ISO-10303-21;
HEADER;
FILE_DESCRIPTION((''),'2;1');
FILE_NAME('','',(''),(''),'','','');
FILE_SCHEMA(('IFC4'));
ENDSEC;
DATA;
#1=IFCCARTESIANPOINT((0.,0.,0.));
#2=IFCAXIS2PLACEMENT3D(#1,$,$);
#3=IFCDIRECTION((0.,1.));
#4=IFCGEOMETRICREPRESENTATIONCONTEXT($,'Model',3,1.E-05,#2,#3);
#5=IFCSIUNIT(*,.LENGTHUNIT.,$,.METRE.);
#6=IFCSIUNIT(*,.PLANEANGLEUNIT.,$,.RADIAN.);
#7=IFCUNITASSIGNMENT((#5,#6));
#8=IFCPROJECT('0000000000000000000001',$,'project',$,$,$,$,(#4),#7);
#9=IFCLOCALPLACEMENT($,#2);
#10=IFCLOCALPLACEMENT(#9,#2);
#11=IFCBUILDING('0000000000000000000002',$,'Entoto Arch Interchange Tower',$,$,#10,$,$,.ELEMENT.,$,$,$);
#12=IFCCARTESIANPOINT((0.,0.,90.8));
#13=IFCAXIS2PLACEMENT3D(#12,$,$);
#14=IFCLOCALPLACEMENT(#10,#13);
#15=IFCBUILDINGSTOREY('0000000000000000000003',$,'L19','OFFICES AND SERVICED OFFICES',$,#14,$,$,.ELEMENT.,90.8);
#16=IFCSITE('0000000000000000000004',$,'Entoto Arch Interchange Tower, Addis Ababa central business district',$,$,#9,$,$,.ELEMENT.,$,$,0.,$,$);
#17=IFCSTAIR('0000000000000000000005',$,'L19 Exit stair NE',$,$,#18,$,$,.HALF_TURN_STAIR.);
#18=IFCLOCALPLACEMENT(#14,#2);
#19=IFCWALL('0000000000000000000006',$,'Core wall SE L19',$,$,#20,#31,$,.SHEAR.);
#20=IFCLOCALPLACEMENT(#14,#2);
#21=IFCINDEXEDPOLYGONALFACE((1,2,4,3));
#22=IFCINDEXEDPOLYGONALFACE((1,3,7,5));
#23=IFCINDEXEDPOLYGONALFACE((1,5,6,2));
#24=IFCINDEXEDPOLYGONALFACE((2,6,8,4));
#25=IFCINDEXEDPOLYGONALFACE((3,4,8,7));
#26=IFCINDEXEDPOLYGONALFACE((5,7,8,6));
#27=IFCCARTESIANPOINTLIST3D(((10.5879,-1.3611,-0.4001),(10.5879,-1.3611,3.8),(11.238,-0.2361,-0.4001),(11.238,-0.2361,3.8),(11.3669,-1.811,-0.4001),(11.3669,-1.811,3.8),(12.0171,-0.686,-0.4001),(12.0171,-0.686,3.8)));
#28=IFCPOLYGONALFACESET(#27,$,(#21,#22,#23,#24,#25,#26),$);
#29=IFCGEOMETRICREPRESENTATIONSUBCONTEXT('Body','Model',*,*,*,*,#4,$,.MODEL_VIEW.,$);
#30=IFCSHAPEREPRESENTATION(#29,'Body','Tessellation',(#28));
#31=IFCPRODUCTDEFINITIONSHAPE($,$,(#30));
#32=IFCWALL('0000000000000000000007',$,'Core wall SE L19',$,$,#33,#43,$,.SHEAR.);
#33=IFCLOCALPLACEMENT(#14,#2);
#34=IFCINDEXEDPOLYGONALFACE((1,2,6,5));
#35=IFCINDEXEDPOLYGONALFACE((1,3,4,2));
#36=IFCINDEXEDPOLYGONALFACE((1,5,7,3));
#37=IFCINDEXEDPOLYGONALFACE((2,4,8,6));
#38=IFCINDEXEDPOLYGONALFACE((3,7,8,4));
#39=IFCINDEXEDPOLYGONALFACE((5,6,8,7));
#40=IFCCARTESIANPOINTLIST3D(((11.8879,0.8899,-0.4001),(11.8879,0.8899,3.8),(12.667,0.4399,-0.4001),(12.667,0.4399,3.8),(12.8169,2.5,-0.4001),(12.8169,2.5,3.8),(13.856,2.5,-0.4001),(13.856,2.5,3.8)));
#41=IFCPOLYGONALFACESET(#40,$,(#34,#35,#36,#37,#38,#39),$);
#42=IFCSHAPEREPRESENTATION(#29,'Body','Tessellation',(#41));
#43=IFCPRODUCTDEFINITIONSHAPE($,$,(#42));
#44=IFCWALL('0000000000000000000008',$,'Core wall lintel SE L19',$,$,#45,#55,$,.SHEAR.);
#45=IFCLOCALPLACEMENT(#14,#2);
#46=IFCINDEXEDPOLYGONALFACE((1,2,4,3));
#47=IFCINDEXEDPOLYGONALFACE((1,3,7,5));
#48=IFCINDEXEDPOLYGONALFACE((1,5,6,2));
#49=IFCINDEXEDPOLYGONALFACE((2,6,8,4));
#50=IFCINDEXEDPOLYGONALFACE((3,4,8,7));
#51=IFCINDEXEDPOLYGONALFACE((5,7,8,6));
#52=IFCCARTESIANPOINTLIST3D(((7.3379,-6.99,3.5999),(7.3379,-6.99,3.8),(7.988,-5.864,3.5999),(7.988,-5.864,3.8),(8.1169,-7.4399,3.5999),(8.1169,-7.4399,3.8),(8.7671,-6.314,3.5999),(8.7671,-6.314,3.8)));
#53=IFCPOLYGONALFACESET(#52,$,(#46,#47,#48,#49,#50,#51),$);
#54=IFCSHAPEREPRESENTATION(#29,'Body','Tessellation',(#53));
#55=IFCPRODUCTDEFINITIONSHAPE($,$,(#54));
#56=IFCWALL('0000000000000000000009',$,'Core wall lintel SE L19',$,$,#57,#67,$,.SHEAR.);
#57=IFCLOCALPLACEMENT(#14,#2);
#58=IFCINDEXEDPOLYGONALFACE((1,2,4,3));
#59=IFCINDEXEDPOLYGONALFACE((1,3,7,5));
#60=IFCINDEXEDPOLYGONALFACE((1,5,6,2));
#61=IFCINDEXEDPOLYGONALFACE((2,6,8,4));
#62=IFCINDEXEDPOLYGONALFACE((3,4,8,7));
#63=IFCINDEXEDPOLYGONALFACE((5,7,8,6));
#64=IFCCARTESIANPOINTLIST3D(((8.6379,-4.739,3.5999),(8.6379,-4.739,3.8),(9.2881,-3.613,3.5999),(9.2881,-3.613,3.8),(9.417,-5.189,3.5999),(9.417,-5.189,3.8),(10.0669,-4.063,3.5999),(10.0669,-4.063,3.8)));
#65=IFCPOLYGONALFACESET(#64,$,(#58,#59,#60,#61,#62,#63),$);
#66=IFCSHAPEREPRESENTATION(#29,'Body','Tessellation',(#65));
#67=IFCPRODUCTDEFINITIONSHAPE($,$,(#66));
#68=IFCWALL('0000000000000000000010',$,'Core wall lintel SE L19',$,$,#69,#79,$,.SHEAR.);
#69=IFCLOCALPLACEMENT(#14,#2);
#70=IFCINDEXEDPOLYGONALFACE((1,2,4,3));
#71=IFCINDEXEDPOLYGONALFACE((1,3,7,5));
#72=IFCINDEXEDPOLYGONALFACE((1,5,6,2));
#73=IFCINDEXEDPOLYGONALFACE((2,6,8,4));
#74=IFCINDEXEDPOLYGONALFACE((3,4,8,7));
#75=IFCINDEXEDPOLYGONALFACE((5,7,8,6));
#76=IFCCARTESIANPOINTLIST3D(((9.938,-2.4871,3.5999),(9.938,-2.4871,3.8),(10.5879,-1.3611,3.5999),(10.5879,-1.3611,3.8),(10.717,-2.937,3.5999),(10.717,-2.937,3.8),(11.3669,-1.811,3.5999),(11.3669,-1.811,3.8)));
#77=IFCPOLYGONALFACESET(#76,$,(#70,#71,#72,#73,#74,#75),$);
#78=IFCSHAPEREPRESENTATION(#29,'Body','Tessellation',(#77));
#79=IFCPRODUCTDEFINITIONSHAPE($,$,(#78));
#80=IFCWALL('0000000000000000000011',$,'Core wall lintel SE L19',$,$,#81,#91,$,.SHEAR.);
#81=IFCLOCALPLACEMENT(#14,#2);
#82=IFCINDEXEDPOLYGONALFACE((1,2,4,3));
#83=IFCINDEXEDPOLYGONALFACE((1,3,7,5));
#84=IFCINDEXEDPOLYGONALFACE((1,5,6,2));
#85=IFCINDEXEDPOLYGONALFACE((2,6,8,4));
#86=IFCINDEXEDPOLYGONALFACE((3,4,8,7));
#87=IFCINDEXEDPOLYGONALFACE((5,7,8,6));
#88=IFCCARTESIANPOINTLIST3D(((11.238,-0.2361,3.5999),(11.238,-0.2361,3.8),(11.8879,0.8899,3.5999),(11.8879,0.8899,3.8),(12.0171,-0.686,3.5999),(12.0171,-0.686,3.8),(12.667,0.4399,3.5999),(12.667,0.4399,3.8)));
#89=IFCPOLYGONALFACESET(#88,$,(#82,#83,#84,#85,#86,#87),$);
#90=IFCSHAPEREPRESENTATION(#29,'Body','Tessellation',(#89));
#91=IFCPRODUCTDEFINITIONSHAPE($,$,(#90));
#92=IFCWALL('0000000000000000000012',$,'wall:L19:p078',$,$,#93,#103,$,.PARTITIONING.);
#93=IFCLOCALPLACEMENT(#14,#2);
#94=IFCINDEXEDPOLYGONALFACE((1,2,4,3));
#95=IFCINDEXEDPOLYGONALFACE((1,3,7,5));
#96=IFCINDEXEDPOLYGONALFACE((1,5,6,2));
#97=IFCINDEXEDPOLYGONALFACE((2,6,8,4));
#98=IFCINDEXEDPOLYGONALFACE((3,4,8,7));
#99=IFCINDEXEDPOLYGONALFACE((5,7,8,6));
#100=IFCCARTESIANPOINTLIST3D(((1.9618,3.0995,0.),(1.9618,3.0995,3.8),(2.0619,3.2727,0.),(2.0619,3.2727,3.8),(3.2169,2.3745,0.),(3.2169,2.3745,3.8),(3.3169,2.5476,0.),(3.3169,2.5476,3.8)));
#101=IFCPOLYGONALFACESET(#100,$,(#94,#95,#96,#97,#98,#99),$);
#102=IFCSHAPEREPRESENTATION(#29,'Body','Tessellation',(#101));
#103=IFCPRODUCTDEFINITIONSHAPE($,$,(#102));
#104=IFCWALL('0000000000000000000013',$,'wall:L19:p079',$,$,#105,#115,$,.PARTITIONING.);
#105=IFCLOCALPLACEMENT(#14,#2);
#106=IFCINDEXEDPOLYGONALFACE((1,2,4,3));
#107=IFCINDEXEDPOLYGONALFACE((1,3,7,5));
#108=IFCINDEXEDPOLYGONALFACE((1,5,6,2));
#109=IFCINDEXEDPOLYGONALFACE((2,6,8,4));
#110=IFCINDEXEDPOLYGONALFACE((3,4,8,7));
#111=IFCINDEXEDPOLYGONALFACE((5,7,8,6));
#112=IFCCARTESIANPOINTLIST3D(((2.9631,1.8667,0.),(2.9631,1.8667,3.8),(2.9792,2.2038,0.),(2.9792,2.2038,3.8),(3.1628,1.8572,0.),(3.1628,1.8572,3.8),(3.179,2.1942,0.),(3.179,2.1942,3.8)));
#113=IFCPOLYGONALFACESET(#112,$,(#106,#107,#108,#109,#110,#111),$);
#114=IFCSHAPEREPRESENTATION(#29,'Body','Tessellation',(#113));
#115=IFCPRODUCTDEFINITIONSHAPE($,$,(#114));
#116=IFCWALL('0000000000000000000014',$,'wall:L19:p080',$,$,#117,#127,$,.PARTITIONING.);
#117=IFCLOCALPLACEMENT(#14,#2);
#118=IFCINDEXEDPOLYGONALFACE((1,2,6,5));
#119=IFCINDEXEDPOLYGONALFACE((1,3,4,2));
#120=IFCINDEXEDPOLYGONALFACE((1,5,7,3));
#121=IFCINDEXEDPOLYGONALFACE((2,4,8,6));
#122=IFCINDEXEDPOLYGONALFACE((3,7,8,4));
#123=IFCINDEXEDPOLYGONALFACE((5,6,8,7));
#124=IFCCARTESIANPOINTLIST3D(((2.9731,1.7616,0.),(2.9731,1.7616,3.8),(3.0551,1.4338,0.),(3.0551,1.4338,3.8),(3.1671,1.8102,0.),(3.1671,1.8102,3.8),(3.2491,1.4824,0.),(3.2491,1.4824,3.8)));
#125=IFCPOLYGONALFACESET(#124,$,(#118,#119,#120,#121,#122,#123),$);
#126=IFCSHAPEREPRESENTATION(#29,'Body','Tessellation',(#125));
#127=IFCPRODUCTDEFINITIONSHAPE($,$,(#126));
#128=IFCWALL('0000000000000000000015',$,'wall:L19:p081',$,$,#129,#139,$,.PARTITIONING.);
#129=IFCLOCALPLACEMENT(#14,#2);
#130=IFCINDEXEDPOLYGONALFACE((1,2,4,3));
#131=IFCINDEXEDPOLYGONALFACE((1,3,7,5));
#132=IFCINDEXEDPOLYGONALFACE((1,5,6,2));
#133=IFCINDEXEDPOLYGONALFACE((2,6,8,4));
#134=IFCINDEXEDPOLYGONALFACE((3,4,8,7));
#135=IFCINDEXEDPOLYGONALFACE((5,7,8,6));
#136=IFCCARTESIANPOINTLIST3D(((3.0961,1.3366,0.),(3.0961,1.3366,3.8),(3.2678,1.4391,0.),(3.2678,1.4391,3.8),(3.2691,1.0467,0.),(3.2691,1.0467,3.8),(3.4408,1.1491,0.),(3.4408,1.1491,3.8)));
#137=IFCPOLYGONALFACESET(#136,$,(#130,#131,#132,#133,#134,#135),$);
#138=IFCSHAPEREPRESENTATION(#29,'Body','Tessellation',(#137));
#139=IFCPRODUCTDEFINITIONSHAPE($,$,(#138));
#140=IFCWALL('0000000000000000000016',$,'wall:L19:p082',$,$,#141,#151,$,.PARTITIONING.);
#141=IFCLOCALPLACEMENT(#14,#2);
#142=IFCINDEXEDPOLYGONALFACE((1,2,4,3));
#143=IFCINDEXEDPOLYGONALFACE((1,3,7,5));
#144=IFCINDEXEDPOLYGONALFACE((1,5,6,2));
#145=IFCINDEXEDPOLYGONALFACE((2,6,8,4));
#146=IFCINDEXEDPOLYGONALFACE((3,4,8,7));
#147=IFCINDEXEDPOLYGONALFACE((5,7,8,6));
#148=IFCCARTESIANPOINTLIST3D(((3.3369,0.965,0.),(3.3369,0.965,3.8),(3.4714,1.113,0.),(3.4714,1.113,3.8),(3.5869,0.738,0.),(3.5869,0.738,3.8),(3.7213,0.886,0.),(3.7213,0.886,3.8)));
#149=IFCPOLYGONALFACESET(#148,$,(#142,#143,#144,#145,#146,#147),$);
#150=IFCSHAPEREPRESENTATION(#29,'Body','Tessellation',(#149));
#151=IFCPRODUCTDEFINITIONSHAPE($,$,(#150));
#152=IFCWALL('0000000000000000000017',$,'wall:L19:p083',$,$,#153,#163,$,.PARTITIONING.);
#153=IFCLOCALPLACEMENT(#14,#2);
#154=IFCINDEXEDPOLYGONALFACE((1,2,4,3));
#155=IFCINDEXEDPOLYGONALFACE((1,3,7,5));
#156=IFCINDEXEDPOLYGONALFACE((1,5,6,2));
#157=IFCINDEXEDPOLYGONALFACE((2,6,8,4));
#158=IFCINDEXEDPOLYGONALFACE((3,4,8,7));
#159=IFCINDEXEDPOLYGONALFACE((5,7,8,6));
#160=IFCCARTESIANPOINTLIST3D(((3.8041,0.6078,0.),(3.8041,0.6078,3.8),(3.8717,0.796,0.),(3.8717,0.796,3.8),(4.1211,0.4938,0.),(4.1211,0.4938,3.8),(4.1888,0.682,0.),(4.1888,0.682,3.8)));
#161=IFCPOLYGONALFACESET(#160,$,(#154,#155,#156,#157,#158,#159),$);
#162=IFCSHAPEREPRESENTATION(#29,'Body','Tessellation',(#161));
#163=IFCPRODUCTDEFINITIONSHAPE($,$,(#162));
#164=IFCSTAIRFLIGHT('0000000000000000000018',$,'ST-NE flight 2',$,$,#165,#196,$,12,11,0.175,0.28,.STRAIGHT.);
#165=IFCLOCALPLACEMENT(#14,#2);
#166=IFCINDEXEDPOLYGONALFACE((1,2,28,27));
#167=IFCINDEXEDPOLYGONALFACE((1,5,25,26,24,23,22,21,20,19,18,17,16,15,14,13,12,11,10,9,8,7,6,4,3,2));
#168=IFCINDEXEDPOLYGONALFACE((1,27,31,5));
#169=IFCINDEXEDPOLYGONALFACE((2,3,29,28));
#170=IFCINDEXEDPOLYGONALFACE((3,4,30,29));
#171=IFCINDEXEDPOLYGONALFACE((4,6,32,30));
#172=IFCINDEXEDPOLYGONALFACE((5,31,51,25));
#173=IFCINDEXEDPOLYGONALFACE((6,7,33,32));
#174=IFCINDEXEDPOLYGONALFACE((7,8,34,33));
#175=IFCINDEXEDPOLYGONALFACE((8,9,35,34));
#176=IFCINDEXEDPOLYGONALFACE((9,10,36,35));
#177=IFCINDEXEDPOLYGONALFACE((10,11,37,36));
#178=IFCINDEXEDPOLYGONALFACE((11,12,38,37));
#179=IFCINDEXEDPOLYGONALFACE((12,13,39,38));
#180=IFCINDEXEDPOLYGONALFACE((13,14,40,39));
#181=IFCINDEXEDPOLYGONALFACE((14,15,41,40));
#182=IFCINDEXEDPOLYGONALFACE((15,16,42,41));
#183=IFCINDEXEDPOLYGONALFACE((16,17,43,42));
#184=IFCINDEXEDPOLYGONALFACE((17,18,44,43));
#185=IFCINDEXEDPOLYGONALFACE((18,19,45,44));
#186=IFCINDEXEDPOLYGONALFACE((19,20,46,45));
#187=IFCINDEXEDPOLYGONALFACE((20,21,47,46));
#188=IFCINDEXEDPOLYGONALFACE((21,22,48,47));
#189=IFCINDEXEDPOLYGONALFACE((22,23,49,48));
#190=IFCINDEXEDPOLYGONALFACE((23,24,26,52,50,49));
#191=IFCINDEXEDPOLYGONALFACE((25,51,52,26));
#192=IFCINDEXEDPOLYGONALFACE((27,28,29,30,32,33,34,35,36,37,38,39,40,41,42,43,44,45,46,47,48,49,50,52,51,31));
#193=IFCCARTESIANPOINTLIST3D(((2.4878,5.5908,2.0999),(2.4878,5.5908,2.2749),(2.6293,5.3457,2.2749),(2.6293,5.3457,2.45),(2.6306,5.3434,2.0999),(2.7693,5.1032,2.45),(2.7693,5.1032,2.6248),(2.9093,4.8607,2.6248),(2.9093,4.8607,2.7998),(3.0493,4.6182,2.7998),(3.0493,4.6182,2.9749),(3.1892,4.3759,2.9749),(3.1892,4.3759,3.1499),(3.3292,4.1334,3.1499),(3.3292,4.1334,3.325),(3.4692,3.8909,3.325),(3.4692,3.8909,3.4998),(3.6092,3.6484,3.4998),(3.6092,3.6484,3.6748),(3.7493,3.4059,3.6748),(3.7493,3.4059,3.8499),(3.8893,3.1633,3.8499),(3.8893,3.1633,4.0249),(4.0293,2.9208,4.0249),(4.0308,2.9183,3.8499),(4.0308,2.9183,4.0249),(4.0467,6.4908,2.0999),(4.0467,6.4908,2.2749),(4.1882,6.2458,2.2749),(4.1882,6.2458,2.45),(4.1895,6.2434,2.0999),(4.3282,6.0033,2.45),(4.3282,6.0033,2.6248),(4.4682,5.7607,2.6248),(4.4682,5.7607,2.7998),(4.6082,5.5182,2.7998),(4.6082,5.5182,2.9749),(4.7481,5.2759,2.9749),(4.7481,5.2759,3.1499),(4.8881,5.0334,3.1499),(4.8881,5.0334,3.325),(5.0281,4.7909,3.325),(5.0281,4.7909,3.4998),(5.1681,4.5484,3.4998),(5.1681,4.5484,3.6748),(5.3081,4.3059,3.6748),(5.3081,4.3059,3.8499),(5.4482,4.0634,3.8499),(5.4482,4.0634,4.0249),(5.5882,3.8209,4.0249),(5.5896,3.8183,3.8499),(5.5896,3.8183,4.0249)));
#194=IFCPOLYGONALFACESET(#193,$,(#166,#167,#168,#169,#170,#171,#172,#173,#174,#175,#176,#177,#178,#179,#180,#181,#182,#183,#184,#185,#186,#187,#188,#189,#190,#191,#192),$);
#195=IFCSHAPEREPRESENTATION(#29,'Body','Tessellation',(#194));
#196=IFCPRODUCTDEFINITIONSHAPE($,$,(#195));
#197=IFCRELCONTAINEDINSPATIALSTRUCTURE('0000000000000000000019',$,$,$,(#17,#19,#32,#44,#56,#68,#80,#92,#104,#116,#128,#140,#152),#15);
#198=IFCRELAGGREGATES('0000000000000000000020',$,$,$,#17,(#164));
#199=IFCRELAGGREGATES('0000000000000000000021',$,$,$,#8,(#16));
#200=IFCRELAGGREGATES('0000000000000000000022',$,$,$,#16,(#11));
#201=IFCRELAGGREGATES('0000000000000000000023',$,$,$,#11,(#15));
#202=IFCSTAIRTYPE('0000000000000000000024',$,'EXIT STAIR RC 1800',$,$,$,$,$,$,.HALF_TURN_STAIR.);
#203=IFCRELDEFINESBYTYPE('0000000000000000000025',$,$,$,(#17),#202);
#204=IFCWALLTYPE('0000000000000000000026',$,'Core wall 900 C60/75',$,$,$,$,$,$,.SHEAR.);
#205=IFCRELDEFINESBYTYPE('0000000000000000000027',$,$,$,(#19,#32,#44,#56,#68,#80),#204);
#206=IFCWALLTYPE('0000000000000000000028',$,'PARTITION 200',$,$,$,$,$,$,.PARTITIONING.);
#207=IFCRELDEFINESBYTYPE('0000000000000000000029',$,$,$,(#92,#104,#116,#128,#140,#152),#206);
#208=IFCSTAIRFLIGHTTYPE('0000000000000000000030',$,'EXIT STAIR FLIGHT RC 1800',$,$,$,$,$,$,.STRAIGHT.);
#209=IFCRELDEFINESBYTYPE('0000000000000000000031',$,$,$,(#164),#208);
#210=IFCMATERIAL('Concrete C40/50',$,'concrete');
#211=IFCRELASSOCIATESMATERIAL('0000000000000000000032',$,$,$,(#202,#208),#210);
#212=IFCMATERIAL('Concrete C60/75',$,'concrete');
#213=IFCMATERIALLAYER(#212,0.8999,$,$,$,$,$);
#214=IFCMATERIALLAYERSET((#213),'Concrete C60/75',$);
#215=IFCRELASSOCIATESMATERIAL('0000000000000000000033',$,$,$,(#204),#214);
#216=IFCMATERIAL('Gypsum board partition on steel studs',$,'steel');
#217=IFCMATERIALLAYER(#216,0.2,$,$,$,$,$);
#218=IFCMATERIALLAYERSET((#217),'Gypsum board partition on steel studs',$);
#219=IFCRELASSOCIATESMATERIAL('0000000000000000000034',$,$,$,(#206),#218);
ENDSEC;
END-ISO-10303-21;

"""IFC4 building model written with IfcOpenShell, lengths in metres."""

from ifc_helpers import new_model, si_unit, direction, frame, frame_2d, origin, place, context, subcontext, project, spatial, polyline, rectangle, outline, extrude, material, layer, layer_set, type_object, element, aggregate, save


model = new_model("IFC4")

# Units and contexts
model_context = context("Model", 3, precision=1e-05, world=origin(), true_north=direction((0.0, 1.0)))
body_context = subcontext(model_context, "Body", "Model", "MODEL_VIEW")
ifc_project = project(units=[si_unit("LENGTHUNIT", "METRE"), si_unit("PLANEANGLEUNIT", "RADIAN")], contexts=[model_context])

# Site, building, storey
site_placement = place(None, origin())
site = spatial("IfcSite", under=ifc_project, at=site_placement, Name="Entoto Arch Interchange Tower, Addis Ababa central business district", CompositionType="ELEMENT", RefElevation=0.0)
building_placement = place(site_placement, origin())
building = spatial("IfcBuilding", under=site, at=building_placement, Name="Entoto Arch Interchange Tower", CompositionType="ELEMENT")
storey_placement = place(building_placement, frame((0.0, 0.0, 90.8)))
storey = spatial("IfcBuildingStorey", under=building, at=storey_placement, Name="L19", Description="OFFICES AND SERVICED OFFICES", CompositionType="ELEMENT", Elevation=90.8)

# Shared definitions
ifc_material_1 = material(Name="Concrete C40/50", Category="concrete")

# Stair
stair_type = type_object("IfcStairType", Name="EXIT STAIR RC 1800", PredefinedType="HALF_TURN_STAIR", material=ifc_material_1)
stair_1_placement = place(storey_placement, origin())
stair_1 = element("IfcStair", 1, at=stair_1_placement, inside=storey, type_object=stair_type, Name="L19 Exit stair NE", PredefinedType="HALF_TURN_STAIR")

# Walls
ifc_material_2 = material(Name="Concrete C60/75", Category="concrete")
ifc_layer_1 = layer(ifc_material_2, 0.8999)
ifc_layer_set_1 = layer_set([ifc_layer_1], Name="Concrete C60/75")
wall_type_1 = type_object("IfcWallType", Name="Core wall 900 C60/75", PredefinedType="SHEAR", material=ifc_layer_set_1)
wall_1_placement = place(storey_placement, frame((0.0, 0.0, -0.4001)))
element("IfcWall", 2, at=wall_1_placement, inside=storey, type_object=wall_type_1, Name="Core wall SE L19", PredefinedType="SHEAR", context=body_context, shape_type="SweptSolid", body=[
    extrude(outline(polyline([(12.0171, -0.686), (11.238, -0.2361), (10.5879, -1.3611), (11.3669, -1.811), (12.0171, -0.686)])), origin(), (0.0, 0.0, 1.0), 4.2002),
])
wall_2_placement = place(storey_placement, frame((0.0, 0.0, -0.4001)))
element("IfcWall", 3, at=wall_2_placement, inside=storey, type_object=wall_type_1, Name="Core wall SE L19", PredefinedType="SHEAR", context=body_context, shape_type="SweptSolid", body=[
    extrude(outline(polyline([(11.8879, 0.8899), (12.667, 0.4399), (13.856, 2.5), (12.8169, 2.5), (11.8879, 0.8899)])), origin(), (0.0, 0.0, 1.0), 4.2002),
])
wall_3_placement = place(storey_placement, frame((0.0, 0.0, 3.5999)))
element("IfcWall", 4, at=wall_3_placement, inside=storey, type_object=wall_type_1, Name="Core wall lintel SE L19", PredefinedType="SHEAR", context=body_context, shape_type="SweptSolid", body=[
    extrude(outline(polyline([(8.7671, -6.314), (7.988, -5.864), (7.3379, -6.99), (8.1169, -7.4399), (8.7671, -6.314)])), origin(), (0.0, 0.0, 1.0), 0.2002),
])
wall_4_placement = place(storey_placement, frame((0.0, 0.0, 3.5999)))
element("IfcWall", 5, at=wall_4_placement, inside=storey, type_object=wall_type_1, Name="Core wall lintel SE L19", PredefinedType="SHEAR", context=body_context, shape_type="SweptSolid", body=[
    extrude(outline(polyline([(10.0669, -4.063), (9.2881, -3.613), (8.6379, -4.739), (9.417, -5.189), (10.0669, -4.063)])), origin(), (0.0, 0.0, 1.0), 0.2002),
])
wall_5_placement = place(storey_placement, frame((0.0, 0.0, 3.5999)))
element("IfcWall", 6, at=wall_5_placement, inside=storey, type_object=wall_type_1, Name="Core wall lintel SE L19", PredefinedType="SHEAR", context=body_context, shape_type="SweptSolid", body=[
    extrude(outline(polyline([(11.3669, -1.811), (10.5879, -1.3611), (9.938, -2.4871), (10.717, -2.937), (11.3669, -1.811)])), origin(), (0.0, 0.0, 1.0), 0.2002),
])
wall_6_placement = place(storey_placement, frame((0.0, 0.0, 3.5999)))
element("IfcWall", 7, at=wall_6_placement, inside=storey, type_object=wall_type_1, Name="Core wall lintel SE L19", PredefinedType="SHEAR", context=body_context, shape_type="SweptSolid", body=[
    extrude(outline(polyline([(12.667, 0.4399), (11.8879, 0.8899), (11.238, -0.2361), (12.0171, -0.686), (12.667, 0.4399)])), origin(), (0.0, 0.0, 1.0), 0.2002),
])
ifc_material_3 = material(Name="Gypsum board partition on steel studs", Category="steel")
ifc_layer_2 = layer(ifc_material_3, 0.2)
ifc_layer_set_2 = layer_set([ifc_layer_2], Name="Gypsum board partition on steel studs")
wall_type_2 = type_object("IfcWallType", Name="PARTITION 200", PredefinedType="PARTITIONING", material=ifc_layer_set_2)
wall_7_placement = place(storey_placement, frame((2.012, 3.186, 0.0), z_axis=(0.0, 0.0, 1.0), x_axis=(0.865891, -0.500233, 0.0)))
element("IfcWall", 8, at=wall_7_placement, inside=storey, type_object=wall_type_2, Name="wall:L19:p078", PredefinedType="PARTITIONING", context=body_context, shape_type="SweptSolid", body=[
    extrude(rectangle(XDim=1.4495, YDim=0.2, at=frame_2d((0.7246, 0.0))), origin(), (0.0, 0.0, 1.0), 3.8),
])
wall_8_placement = place(storey_placement, frame((3.0791, 2.199, 0.0), z_axis=(0.0, 0.0, 1.0), x_axis=(-0.047771, -0.998858, 0.0)))
element("IfcWall", 9, at=wall_8_placement, inside=storey, type_object=wall_type_2, Name="wall:L19:p079", PredefinedType="PARTITIONING", context=body_context, shape_type="SweptSolid", body=[
    extrude(rectangle(XDim=0.3374, YDim=0.2, at=frame_2d((0.1687, 0.0))), origin(), (0.0, 0.0, 1.0), 3.8),
])
wall_9_placement = place(storey_placement, frame((3.0701, 1.7859, 0.0), z_axis=(0.0, 0.0, 1.0), x_axis=(0.242706, -0.9701, 0.0)))
element("IfcWall", 10, at=wall_9_placement, inside=storey, type_object=wall_type_2, Name="wall:L19:p080", PredefinedType="PARTITIONING", context=body_context, shape_type="SweptSolid", body=[
    extrude(rectangle(XDim=0.3379, YDim=0.2, at=frame_2d((0.1689, 0.0))), origin(), (0.0, 0.0, 1.0), 3.8),
])
for number, where, z_axis, x_axis, name in (
    (11, (3.1819, 1.3879, 0.0), (0.0, 0.0, 1.0), (0.512475, -0.858702, 0.0), "wall:L19:p081"),
    (12, (3.4041, 1.0391, 0.0), (0.0, 0.0, 1.0), (0.740267, -0.672313, 0.0), "wall:L19:p082"),
):
    element("IfcWall", number, at=place(storey_placement, frame(where, z_axis=z_axis, x_axis=x_axis)), inside=storey, type_object=wall_type_2, Name=name, PredefinedType="PARTITIONING", context=body_context, shape_type="SweptSolid", body=[
        extrude(rectangle(XDim=0.3376, YDim=0.2, at=frame_2d((0.1689, 0.0))), origin(), (0.0, 0.0, 1.0), 3.8),
    ])
wall_10_placement = place(storey_placement, frame((3.8379, 0.7019, 0.0), z_axis=(0.0, 0.0, 1.0), x_axis=(0.941035, -0.338309, 0.0)))
element("IfcWall", 13, at=wall_10_placement, inside=storey, type_object=wall_type_2, Name="wall:L19:p083", PredefinedType="PARTITIONING", context=body_context, shape_type="SweptSolid", body=[
    extrude(rectangle(XDim=0.3369, YDim=0.2, at=frame_2d((0.1685, 0.0))), origin(), (0.0, 0.0, 1.0), 3.8),
])

# Stair flight
stair_flight_type = type_object("IfcStairFlightType", Name="EXIT STAIR FLIGHT RC 1800", PredefinedType="STRAIGHT", material=ifc_material_1)
stair_flight_placement = place(storey_placement, frame((3.2688, 6.0383, 2.0999), z_axis=(0.0, 0.0, 1.0), x_axis=(0.5, -0.866025, 0.0)))
stair_flight = element("IfcStairFlight", 14, at=stair_flight_placement, type_object=stair_flight_type, Name="ST-NE flight 2", NumberOfRisers=12, NumberOfTreads=11, PredefinedType="STRAIGHT", RiserHeight=0.175, TreadLength=0.28, context=body_context, shape_type="SweptSolid", body=[
    extrude(outline(polyline([(-0.0029, 0.0), (-0.0029, 0.175), (0.28, 0.175), (0.28, 0.3501), (0.5601, 0.3501), (0.5601, 0.5249), (0.8401, 0.5249), (0.8401, 0.7), (1.1201, 0.7), (1.1201, 0.875), (1.3999, 0.875), (1.3999, 1.05), (1.6799, 1.05), (1.6799, 1.2251), (1.96, 1.2251), (1.96, 1.3999), (2.24, 1.3999), (2.24, 1.575), (2.52, 1.575), (2.52, 1.75), (2.8, 1.75), (2.8, 1.925), (3.0801, 1.925), (3.083, 1.925), (3.083, 1.75), (0.2827, 0.0), (-0.0029, 0.0)])), frame((0.0, 0.8999, 0.0), z_axis=(0.0, -1.0, 0.0), x_axis=(1.0, 0.0, 0.0)), (0.0, 0.0, 1.0), 1.8),
])
aggregate(stair_1, [stair_flight])

save(model, "model.ifc")
